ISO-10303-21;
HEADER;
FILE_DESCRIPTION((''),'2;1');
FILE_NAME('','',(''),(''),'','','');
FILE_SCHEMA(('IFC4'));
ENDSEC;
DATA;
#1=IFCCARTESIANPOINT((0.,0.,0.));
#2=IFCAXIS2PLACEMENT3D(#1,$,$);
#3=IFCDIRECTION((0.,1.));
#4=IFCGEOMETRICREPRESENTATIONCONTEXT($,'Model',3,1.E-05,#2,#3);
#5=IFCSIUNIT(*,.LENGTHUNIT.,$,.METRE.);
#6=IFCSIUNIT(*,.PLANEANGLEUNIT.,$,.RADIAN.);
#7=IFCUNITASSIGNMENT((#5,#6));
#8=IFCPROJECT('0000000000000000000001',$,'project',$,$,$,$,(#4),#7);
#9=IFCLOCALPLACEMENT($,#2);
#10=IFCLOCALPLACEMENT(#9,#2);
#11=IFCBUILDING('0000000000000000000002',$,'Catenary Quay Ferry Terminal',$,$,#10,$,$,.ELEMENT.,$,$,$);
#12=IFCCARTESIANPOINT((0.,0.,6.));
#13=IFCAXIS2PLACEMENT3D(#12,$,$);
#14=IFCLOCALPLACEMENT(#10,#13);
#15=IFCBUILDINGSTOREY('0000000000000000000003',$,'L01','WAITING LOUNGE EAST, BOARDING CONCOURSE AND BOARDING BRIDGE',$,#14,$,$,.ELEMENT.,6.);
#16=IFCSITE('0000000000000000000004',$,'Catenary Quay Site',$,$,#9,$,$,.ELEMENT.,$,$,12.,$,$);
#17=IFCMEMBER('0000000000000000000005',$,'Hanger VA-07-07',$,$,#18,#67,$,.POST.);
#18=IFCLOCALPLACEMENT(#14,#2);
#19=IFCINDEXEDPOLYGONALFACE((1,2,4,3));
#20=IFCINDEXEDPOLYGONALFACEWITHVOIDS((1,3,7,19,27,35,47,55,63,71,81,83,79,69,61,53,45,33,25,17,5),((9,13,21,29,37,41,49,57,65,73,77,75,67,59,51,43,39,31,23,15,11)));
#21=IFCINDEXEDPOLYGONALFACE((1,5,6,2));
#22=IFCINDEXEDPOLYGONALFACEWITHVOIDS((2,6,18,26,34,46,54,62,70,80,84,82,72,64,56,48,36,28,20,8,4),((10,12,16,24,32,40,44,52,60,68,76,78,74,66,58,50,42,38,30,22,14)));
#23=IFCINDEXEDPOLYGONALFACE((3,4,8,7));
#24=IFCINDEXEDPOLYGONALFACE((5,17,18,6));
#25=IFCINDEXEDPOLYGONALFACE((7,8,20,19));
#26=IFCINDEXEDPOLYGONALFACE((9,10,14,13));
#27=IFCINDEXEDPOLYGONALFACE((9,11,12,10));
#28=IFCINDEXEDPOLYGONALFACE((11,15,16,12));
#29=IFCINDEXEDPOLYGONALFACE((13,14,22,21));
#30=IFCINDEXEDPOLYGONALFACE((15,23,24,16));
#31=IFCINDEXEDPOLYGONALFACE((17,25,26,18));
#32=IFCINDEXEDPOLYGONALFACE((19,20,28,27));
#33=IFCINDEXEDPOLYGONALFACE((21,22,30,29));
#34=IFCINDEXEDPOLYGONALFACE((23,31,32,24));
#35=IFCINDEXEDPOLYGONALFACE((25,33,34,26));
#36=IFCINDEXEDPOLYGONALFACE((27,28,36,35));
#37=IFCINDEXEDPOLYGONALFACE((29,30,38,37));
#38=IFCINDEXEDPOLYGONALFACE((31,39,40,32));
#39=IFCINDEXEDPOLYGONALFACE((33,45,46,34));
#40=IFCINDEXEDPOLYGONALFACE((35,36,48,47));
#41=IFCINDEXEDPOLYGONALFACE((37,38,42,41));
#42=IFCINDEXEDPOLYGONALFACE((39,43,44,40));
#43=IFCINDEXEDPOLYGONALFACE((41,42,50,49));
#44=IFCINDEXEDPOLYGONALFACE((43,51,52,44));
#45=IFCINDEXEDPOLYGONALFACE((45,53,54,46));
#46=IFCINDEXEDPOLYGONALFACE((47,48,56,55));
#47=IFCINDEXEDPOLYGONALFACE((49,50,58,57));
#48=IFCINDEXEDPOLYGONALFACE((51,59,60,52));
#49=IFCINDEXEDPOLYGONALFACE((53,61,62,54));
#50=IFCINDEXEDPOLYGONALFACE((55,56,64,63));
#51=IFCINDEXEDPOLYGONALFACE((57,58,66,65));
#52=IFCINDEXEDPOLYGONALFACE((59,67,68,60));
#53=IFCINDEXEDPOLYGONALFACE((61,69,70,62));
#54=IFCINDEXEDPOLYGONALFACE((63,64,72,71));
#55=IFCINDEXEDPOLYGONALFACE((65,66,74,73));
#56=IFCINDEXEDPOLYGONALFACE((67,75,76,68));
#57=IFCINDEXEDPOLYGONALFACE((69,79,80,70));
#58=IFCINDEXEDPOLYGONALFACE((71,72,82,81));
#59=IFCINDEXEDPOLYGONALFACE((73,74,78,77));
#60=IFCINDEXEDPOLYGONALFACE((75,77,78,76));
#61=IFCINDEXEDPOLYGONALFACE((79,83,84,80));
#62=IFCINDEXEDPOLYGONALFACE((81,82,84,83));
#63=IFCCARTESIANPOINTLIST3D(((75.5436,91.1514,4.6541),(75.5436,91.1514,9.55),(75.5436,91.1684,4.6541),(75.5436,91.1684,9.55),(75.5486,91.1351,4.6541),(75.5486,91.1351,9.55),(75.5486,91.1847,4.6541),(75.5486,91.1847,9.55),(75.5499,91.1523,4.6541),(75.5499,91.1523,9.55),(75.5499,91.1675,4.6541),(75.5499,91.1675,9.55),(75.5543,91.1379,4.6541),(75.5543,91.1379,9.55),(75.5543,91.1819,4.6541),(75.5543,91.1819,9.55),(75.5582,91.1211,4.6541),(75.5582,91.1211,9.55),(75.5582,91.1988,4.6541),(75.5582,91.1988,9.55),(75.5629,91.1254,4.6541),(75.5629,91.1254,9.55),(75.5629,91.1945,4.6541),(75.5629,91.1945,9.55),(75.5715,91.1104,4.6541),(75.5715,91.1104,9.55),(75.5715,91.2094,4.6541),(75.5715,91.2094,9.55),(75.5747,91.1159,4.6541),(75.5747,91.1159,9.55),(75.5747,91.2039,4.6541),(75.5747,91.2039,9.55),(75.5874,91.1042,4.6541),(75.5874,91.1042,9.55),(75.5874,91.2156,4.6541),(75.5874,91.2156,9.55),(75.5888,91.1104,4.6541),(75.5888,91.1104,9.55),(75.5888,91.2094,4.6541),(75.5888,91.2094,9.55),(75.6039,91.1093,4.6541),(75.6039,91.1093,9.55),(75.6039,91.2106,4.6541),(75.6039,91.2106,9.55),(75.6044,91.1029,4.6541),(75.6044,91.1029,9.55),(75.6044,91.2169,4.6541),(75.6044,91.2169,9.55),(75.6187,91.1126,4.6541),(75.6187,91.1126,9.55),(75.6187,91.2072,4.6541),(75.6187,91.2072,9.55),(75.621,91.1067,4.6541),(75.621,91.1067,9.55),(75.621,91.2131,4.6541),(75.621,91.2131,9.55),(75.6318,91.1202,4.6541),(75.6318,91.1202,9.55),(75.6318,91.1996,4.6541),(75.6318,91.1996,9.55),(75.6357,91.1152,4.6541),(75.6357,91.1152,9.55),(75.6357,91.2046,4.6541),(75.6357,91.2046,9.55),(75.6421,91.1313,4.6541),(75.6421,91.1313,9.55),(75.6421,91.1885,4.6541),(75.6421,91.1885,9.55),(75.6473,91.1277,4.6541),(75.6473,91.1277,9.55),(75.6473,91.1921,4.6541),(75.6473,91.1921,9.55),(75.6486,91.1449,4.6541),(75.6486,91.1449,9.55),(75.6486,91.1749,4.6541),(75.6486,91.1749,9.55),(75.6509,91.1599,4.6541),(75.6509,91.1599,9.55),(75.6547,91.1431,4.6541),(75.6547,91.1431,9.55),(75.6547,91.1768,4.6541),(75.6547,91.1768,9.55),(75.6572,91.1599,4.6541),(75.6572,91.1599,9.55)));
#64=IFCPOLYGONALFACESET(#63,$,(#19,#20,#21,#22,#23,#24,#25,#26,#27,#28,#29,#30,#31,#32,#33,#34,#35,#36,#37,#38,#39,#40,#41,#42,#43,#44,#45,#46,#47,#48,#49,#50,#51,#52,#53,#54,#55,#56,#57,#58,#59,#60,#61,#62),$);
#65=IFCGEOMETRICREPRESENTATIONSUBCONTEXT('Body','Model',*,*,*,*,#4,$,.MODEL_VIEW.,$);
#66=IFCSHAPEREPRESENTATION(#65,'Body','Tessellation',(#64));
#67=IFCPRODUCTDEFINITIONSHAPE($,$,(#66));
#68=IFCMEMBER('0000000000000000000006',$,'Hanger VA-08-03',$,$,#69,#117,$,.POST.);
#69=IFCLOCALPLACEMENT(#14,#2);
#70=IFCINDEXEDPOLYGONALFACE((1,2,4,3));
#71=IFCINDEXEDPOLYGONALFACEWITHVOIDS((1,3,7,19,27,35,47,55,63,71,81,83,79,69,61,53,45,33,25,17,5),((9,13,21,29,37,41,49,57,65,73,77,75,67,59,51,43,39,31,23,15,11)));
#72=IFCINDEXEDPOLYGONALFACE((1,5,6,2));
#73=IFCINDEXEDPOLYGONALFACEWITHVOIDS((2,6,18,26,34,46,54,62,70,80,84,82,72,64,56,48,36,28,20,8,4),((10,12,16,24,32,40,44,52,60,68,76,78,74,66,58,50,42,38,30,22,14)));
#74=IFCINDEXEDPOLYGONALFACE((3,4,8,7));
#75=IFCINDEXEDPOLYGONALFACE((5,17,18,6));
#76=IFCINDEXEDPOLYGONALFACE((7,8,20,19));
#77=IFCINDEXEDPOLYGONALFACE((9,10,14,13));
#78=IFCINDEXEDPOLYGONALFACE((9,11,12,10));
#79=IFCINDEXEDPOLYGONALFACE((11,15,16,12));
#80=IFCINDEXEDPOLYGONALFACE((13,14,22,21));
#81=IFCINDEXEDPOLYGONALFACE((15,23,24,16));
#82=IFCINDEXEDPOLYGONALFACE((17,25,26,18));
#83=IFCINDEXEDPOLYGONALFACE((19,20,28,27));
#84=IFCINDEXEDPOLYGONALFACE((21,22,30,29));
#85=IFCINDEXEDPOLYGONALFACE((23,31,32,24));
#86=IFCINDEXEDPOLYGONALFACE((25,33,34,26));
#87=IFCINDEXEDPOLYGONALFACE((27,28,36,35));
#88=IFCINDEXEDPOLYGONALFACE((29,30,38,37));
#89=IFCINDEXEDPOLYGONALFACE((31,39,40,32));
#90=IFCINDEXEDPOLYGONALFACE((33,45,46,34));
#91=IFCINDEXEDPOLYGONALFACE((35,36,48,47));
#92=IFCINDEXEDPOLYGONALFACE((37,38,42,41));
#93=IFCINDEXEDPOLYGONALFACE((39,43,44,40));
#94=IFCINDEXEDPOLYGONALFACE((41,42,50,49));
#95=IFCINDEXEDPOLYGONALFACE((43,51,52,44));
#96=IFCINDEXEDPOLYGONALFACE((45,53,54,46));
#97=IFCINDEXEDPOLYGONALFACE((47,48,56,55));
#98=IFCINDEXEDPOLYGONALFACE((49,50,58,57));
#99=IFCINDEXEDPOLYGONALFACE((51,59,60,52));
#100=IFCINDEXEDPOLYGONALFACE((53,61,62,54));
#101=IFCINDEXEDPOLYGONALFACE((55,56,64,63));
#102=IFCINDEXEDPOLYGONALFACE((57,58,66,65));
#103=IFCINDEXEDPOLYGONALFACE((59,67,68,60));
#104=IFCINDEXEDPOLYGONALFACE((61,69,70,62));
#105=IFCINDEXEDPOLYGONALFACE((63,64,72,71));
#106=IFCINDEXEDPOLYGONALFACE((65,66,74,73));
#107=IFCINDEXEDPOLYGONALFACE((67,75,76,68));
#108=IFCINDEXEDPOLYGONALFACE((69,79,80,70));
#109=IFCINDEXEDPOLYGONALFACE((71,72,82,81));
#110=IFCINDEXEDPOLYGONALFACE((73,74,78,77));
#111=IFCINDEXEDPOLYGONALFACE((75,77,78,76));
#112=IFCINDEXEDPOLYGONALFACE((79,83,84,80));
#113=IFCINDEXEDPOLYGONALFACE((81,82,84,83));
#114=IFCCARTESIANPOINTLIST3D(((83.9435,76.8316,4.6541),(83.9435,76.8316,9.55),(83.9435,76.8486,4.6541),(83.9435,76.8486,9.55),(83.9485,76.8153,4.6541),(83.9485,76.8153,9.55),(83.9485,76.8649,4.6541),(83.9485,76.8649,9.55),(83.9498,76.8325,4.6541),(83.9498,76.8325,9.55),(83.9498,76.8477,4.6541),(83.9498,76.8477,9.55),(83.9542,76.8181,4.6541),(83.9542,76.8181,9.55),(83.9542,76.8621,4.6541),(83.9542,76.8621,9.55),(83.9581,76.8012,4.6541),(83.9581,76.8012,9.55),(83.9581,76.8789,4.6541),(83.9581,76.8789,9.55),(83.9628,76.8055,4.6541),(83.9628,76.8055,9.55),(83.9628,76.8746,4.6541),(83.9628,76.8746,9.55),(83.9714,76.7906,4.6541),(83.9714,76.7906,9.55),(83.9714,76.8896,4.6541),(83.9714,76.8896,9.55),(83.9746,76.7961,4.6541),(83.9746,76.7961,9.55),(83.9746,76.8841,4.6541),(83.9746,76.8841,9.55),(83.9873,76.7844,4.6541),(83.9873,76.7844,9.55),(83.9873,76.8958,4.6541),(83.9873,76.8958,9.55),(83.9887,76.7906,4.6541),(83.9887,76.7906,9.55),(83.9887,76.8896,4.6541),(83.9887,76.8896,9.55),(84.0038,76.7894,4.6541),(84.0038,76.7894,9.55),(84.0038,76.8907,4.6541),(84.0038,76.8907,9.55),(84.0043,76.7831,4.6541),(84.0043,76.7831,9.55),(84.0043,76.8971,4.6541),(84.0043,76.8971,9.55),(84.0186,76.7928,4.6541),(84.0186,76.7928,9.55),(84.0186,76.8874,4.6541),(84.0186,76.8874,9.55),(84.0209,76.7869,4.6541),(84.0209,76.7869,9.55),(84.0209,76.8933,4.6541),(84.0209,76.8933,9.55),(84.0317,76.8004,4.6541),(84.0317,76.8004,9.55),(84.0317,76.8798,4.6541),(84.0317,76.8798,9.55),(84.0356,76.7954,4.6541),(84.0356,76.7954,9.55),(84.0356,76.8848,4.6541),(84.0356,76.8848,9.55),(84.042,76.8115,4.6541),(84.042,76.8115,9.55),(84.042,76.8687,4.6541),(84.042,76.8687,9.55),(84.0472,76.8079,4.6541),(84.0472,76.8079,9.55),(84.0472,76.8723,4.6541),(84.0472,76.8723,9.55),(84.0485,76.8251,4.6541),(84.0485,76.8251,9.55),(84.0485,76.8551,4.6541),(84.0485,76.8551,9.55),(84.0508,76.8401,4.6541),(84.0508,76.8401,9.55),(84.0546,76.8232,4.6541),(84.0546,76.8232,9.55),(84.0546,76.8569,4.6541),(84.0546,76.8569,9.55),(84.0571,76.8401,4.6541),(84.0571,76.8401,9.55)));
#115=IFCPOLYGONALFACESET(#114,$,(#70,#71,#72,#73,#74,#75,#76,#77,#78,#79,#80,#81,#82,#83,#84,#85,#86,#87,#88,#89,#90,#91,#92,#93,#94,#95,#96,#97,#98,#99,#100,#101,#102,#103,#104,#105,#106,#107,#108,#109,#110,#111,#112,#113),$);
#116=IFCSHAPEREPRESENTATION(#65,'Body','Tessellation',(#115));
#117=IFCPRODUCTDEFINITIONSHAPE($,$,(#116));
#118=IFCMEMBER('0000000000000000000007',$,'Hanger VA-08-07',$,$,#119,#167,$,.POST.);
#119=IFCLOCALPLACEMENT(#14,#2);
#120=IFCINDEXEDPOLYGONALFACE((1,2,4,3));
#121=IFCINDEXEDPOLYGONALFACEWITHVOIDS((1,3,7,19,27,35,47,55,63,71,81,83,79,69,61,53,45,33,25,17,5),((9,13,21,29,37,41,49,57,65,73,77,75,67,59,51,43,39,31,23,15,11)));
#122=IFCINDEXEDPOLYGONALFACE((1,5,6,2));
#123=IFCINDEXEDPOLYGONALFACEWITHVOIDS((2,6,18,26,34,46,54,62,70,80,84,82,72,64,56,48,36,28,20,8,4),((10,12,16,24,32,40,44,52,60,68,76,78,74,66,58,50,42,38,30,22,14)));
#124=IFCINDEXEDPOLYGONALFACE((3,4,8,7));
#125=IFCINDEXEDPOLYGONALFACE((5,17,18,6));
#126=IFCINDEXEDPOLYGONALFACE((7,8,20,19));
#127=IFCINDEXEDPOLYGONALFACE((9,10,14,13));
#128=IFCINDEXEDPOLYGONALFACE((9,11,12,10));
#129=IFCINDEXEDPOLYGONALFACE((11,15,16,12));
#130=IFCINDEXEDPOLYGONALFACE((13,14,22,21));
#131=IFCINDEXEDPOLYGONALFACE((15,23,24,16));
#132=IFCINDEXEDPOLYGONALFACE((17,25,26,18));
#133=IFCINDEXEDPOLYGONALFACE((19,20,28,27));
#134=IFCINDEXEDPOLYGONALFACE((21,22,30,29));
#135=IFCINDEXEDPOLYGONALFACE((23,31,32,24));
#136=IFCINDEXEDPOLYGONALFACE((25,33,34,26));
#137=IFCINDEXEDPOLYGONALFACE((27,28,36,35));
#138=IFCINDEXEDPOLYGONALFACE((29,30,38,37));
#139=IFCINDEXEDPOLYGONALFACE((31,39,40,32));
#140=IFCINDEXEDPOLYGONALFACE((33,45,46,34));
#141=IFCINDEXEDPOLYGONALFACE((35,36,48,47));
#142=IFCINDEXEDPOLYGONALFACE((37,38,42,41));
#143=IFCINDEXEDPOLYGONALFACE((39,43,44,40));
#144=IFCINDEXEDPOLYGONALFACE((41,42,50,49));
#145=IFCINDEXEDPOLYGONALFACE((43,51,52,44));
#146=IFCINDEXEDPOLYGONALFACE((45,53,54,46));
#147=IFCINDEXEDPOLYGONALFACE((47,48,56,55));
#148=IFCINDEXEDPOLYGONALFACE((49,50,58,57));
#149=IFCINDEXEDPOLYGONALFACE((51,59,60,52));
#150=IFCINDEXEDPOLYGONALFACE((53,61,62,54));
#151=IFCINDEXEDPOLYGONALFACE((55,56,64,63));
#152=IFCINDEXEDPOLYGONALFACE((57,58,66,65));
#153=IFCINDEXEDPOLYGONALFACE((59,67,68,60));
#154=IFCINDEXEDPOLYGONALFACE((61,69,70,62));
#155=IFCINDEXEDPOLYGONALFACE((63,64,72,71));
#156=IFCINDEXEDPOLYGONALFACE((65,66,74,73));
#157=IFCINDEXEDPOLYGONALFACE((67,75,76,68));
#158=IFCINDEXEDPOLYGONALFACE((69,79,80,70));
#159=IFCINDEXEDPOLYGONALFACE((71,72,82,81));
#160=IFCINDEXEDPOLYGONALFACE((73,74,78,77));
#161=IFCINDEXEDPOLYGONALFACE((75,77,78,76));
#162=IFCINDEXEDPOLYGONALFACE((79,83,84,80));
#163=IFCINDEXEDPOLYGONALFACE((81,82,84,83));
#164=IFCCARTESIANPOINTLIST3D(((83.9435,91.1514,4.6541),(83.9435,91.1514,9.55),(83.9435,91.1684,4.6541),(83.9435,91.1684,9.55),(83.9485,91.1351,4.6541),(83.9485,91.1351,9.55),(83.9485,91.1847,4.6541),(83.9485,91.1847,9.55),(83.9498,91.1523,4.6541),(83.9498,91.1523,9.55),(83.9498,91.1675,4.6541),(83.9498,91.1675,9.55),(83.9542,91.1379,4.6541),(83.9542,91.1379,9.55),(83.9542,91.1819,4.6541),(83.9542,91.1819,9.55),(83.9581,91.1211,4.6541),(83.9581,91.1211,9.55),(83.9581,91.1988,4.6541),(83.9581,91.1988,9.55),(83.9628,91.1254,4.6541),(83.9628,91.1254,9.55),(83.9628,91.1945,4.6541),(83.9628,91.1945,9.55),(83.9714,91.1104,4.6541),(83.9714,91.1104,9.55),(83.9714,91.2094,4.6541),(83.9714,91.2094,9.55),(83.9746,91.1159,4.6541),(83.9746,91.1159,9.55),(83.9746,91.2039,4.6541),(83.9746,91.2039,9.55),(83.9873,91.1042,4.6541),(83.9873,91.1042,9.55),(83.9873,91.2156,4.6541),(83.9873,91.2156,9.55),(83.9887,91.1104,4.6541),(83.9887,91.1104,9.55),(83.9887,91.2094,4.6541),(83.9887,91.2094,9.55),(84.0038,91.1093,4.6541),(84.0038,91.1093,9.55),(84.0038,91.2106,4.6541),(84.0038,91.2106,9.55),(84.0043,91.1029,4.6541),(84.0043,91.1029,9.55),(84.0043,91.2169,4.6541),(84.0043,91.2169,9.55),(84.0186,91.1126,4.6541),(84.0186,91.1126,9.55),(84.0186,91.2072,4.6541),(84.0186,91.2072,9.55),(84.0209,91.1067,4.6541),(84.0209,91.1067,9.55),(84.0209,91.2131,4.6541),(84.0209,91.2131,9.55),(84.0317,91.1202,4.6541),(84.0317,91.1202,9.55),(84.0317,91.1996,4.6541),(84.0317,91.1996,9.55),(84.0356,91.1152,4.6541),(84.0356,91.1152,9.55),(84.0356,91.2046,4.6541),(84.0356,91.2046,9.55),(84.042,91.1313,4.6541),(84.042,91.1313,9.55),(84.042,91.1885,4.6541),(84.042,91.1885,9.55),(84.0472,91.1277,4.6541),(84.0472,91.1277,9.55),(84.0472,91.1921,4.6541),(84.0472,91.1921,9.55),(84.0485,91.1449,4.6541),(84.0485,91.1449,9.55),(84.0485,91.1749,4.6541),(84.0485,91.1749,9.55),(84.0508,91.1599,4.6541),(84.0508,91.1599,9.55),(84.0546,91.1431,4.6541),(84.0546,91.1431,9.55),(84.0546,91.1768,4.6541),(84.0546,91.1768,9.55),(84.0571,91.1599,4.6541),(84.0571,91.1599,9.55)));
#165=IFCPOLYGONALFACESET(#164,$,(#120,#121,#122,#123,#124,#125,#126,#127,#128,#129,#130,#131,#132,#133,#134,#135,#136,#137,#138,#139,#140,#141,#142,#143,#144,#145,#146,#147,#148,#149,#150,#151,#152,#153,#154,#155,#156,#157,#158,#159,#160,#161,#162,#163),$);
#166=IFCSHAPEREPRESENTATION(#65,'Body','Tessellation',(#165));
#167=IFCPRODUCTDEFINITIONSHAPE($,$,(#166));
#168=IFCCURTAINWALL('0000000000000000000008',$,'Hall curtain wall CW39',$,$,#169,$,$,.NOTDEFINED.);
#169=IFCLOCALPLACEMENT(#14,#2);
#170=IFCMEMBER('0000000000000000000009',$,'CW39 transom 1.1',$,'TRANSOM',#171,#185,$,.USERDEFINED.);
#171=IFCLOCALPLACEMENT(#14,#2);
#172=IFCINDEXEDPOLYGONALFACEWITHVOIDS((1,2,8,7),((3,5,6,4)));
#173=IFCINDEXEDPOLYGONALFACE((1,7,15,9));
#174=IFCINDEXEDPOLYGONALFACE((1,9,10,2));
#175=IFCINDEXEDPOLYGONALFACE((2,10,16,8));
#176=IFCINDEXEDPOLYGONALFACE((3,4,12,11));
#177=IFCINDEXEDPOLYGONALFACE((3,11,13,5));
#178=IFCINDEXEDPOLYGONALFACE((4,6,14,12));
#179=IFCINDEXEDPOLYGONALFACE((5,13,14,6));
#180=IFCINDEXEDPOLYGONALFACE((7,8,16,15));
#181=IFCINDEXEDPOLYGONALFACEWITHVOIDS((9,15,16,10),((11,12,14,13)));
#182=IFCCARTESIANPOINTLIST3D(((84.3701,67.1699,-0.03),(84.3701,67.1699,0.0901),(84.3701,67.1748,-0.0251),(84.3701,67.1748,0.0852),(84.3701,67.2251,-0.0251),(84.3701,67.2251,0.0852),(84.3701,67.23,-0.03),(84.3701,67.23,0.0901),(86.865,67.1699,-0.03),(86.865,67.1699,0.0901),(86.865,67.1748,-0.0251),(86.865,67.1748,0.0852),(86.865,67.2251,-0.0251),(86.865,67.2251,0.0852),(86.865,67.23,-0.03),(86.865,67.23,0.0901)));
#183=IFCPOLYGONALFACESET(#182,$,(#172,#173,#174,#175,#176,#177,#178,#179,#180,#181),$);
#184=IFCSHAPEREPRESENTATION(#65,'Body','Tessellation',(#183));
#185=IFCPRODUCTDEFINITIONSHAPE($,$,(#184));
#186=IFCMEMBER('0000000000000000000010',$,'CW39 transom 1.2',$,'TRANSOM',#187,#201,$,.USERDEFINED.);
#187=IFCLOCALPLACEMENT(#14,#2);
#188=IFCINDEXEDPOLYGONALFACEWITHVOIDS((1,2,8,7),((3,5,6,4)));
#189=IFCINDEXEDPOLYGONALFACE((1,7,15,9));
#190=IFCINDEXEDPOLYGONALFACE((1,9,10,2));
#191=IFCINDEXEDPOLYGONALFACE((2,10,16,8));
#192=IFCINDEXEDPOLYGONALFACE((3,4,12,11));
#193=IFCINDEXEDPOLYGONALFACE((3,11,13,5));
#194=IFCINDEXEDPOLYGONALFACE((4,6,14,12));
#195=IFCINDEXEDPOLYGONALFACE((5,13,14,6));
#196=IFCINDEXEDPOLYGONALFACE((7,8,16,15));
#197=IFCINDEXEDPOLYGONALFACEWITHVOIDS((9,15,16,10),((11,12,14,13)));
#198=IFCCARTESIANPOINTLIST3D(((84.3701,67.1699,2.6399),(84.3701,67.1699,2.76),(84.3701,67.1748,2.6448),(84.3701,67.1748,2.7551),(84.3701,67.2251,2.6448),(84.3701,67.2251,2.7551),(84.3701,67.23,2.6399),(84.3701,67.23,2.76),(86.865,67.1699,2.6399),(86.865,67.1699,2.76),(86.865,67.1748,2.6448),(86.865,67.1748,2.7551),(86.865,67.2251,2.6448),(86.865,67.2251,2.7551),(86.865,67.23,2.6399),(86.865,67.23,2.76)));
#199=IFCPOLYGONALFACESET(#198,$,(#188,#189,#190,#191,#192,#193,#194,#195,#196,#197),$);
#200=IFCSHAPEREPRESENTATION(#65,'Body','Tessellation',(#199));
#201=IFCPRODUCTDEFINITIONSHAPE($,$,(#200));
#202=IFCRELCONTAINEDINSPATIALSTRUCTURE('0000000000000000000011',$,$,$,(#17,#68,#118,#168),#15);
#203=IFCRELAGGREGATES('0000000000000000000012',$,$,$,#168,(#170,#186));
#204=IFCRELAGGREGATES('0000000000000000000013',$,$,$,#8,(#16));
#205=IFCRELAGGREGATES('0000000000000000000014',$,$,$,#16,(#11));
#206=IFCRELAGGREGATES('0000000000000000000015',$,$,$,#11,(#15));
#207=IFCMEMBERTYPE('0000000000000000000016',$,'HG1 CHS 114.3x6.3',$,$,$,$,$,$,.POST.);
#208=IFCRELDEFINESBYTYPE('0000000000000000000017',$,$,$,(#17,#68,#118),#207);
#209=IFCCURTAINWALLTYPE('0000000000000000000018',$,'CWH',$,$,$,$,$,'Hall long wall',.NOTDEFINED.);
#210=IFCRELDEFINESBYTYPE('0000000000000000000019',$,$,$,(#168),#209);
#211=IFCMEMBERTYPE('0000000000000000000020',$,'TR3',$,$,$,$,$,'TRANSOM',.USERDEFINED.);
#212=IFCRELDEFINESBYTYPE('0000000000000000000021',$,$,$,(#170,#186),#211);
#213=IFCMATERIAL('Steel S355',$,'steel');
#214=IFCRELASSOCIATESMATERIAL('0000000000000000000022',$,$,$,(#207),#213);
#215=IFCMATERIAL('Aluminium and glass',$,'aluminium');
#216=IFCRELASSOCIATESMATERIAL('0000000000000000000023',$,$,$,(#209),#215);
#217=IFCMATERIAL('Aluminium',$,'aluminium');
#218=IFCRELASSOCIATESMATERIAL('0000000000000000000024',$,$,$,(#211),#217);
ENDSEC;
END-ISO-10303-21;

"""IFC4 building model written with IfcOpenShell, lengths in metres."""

from ifc_helpers import new_model, si_unit, direction, frame, origin, origin_2d, place, context, subcontext, project, spatial, hollow_rectangle, hollow_circle, extrude, material, material_profile, profile_set, type_object, element, aggregate, save


model = new_model("IFC4")

# Units and contexts
model_context = context("Model", 3, precision=1e-05, world=origin(), true_north=direction((0.0, 1.0)))
body_context = subcontext(model_context, "Body", "Model", "MODEL_VIEW")
ifc_project = project(units=[si_unit("LENGTHUNIT", "METRE"), si_unit("PLANEANGLEUNIT", "RADIAN")], contexts=[model_context])

# Site, building, storey
site_placement = place(None, origin())
site = spatial("IfcSite", under=ifc_project, at=site_placement, Name="Catenary Quay Site", CompositionType="ELEMENT", RefElevation=12.0)
building_placement = place(site_placement, origin())
building = spatial("IfcBuilding", under=site, at=building_placement, Name="Catenary Quay Ferry Terminal", CompositionType="ELEMENT")
storey_placement = place(building_placement, frame((0.0, 0.0, 6.0)))
storey = spatial("IfcBuildingStorey", under=building, at=storey_placement, Name="L01", Description="WAITING LOUNGE EAST, BOARDING CONCOURSE AND BOARDING BRIDGE", CompositionType="ELEMENT", Elevation=6.0)

# Members
ifc_material_1 = material(Name="Steel S355", Category="steel")
ifc_material_profile_1 = material_profile(ifc_material_1, hollow_circle(Radius=0.0571, WallThickness=0.0063, at=origin_2d()), Name="CHS 114.3x6.3")
ifc_profile_set_1 = profile_set([ifc_material_profile_1], Name="Steel S355")
member_type_1 = type_object("IfcMemberType", Name="HG1 CHS 114.3x6.3", PredefinedType="POST", material=ifc_profile_set_1)
for number, where, z_axis, x_axis, name in (
    (1, (75.6001, 91.1599, 4.6541), (0.0, 0.0, 1.0), (1.0, 0.0, 0.0), "Hanger VA-07-07"),
    (2, (84.0, 76.8401, 4.6541), (0.0, 0.0, 1.0), (1.0, 0.0, 0.0), "Hanger VA-08-03"),
    (3, (84.0, 91.1599, 4.6541), (0.0, 0.0, 1.0), (1.0, 0.0, 0.0), "Hanger VA-08-07"),
):
    element("IfcMember", number, at=place(storey_placement, frame(where, z_axis=z_axis, x_axis=x_axis)), inside=storey, type_object=member_type_1, Name=name, PredefinedType="POST", context=body_context, shape_type="SweptSolid", body=[
        extrude(hollow_circle(Radius=0.0571, WallThickness=0.0063, at=origin_2d()), origin(), (0.0, 0.0, 1.0), 4.896),
    ])

# Curtain wall, members
ifc_material_2 = material(Name="Aluminium and glass", Category="aluminium")
curtain_wall_type = type_object("IfcCurtainWallType", Name="CWH", ElementType="Hall long wall", PredefinedType="NOTDEFINED", material=ifc_material_2)
curtain_wall_placement = place(storey_placement, origin())
curtain_wall = element("IfcCurtainWall", 4, at=curtain_wall_placement, inside=storey, type_object=curtain_wall_type, Name="Hall curtain wall CW39", PredefinedType="NOTDEFINED")
ifc_material_3 = material(Name="Aluminium", Category="aluminium")
ifc_material_profile_2 = material_profile(ifc_material_3, hollow_rectangle(XDim=0.0601, YDim=0.1201, WallThickness=0.0049, at=origin_2d()), Name="TR3")
ifc_profile_set_2 = profile_set([ifc_material_profile_2], Name="Aluminium")
member_type_2 = type_object("IfcMemberType", Name="TR3", ElementType="TRANSOM", PredefinedType="USERDEFINED", material=ifc_profile_set_2)
member_1_placement = place(storey_placement, frame((84.3701, 67.2, 0.03), z_axis=(1.0, 0.0, 0.0), x_axis=(0.0, 1.0, 0.0)))
member_1 = element("IfcMember", 5, at=member_1_placement, type_object=member_type_2, Name="CW39 transom 1.1", ObjectType="TRANSOM", PredefinedType="USERDEFINED", context=body_context, shape_type="SweptSolid", body=[
    extrude(hollow_rectangle(XDim=0.0601, YDim=0.1201, WallThickness=0.0049, at=origin_2d()), origin(), (0.0, 0.0, 1.0), 2.4949),
])
member_2_placement = place(storey_placement, frame((84.3701, 67.2, 2.7), z_axis=(1.0, 0.0, 0.0), x_axis=(0.0, 1.0, 0.0)))
member_2 = element("IfcMember", 6, at=member_2_placement, type_object=member_type_2, Name="CW39 transom 1.2", ObjectType="TRANSOM", PredefinedType="USERDEFINED", context=body_context, shape_type="SweptSolid", body=[
    extrude(hollow_rectangle(XDim=0.0601, YDim=0.1201, WallThickness=0.0049, at=origin_2d()), origin(), (0.0, 0.0, 1.0), 2.4949),
])
aggregate(curtain_wall, [member_1, member_2])

save(model, "model.ifc")
